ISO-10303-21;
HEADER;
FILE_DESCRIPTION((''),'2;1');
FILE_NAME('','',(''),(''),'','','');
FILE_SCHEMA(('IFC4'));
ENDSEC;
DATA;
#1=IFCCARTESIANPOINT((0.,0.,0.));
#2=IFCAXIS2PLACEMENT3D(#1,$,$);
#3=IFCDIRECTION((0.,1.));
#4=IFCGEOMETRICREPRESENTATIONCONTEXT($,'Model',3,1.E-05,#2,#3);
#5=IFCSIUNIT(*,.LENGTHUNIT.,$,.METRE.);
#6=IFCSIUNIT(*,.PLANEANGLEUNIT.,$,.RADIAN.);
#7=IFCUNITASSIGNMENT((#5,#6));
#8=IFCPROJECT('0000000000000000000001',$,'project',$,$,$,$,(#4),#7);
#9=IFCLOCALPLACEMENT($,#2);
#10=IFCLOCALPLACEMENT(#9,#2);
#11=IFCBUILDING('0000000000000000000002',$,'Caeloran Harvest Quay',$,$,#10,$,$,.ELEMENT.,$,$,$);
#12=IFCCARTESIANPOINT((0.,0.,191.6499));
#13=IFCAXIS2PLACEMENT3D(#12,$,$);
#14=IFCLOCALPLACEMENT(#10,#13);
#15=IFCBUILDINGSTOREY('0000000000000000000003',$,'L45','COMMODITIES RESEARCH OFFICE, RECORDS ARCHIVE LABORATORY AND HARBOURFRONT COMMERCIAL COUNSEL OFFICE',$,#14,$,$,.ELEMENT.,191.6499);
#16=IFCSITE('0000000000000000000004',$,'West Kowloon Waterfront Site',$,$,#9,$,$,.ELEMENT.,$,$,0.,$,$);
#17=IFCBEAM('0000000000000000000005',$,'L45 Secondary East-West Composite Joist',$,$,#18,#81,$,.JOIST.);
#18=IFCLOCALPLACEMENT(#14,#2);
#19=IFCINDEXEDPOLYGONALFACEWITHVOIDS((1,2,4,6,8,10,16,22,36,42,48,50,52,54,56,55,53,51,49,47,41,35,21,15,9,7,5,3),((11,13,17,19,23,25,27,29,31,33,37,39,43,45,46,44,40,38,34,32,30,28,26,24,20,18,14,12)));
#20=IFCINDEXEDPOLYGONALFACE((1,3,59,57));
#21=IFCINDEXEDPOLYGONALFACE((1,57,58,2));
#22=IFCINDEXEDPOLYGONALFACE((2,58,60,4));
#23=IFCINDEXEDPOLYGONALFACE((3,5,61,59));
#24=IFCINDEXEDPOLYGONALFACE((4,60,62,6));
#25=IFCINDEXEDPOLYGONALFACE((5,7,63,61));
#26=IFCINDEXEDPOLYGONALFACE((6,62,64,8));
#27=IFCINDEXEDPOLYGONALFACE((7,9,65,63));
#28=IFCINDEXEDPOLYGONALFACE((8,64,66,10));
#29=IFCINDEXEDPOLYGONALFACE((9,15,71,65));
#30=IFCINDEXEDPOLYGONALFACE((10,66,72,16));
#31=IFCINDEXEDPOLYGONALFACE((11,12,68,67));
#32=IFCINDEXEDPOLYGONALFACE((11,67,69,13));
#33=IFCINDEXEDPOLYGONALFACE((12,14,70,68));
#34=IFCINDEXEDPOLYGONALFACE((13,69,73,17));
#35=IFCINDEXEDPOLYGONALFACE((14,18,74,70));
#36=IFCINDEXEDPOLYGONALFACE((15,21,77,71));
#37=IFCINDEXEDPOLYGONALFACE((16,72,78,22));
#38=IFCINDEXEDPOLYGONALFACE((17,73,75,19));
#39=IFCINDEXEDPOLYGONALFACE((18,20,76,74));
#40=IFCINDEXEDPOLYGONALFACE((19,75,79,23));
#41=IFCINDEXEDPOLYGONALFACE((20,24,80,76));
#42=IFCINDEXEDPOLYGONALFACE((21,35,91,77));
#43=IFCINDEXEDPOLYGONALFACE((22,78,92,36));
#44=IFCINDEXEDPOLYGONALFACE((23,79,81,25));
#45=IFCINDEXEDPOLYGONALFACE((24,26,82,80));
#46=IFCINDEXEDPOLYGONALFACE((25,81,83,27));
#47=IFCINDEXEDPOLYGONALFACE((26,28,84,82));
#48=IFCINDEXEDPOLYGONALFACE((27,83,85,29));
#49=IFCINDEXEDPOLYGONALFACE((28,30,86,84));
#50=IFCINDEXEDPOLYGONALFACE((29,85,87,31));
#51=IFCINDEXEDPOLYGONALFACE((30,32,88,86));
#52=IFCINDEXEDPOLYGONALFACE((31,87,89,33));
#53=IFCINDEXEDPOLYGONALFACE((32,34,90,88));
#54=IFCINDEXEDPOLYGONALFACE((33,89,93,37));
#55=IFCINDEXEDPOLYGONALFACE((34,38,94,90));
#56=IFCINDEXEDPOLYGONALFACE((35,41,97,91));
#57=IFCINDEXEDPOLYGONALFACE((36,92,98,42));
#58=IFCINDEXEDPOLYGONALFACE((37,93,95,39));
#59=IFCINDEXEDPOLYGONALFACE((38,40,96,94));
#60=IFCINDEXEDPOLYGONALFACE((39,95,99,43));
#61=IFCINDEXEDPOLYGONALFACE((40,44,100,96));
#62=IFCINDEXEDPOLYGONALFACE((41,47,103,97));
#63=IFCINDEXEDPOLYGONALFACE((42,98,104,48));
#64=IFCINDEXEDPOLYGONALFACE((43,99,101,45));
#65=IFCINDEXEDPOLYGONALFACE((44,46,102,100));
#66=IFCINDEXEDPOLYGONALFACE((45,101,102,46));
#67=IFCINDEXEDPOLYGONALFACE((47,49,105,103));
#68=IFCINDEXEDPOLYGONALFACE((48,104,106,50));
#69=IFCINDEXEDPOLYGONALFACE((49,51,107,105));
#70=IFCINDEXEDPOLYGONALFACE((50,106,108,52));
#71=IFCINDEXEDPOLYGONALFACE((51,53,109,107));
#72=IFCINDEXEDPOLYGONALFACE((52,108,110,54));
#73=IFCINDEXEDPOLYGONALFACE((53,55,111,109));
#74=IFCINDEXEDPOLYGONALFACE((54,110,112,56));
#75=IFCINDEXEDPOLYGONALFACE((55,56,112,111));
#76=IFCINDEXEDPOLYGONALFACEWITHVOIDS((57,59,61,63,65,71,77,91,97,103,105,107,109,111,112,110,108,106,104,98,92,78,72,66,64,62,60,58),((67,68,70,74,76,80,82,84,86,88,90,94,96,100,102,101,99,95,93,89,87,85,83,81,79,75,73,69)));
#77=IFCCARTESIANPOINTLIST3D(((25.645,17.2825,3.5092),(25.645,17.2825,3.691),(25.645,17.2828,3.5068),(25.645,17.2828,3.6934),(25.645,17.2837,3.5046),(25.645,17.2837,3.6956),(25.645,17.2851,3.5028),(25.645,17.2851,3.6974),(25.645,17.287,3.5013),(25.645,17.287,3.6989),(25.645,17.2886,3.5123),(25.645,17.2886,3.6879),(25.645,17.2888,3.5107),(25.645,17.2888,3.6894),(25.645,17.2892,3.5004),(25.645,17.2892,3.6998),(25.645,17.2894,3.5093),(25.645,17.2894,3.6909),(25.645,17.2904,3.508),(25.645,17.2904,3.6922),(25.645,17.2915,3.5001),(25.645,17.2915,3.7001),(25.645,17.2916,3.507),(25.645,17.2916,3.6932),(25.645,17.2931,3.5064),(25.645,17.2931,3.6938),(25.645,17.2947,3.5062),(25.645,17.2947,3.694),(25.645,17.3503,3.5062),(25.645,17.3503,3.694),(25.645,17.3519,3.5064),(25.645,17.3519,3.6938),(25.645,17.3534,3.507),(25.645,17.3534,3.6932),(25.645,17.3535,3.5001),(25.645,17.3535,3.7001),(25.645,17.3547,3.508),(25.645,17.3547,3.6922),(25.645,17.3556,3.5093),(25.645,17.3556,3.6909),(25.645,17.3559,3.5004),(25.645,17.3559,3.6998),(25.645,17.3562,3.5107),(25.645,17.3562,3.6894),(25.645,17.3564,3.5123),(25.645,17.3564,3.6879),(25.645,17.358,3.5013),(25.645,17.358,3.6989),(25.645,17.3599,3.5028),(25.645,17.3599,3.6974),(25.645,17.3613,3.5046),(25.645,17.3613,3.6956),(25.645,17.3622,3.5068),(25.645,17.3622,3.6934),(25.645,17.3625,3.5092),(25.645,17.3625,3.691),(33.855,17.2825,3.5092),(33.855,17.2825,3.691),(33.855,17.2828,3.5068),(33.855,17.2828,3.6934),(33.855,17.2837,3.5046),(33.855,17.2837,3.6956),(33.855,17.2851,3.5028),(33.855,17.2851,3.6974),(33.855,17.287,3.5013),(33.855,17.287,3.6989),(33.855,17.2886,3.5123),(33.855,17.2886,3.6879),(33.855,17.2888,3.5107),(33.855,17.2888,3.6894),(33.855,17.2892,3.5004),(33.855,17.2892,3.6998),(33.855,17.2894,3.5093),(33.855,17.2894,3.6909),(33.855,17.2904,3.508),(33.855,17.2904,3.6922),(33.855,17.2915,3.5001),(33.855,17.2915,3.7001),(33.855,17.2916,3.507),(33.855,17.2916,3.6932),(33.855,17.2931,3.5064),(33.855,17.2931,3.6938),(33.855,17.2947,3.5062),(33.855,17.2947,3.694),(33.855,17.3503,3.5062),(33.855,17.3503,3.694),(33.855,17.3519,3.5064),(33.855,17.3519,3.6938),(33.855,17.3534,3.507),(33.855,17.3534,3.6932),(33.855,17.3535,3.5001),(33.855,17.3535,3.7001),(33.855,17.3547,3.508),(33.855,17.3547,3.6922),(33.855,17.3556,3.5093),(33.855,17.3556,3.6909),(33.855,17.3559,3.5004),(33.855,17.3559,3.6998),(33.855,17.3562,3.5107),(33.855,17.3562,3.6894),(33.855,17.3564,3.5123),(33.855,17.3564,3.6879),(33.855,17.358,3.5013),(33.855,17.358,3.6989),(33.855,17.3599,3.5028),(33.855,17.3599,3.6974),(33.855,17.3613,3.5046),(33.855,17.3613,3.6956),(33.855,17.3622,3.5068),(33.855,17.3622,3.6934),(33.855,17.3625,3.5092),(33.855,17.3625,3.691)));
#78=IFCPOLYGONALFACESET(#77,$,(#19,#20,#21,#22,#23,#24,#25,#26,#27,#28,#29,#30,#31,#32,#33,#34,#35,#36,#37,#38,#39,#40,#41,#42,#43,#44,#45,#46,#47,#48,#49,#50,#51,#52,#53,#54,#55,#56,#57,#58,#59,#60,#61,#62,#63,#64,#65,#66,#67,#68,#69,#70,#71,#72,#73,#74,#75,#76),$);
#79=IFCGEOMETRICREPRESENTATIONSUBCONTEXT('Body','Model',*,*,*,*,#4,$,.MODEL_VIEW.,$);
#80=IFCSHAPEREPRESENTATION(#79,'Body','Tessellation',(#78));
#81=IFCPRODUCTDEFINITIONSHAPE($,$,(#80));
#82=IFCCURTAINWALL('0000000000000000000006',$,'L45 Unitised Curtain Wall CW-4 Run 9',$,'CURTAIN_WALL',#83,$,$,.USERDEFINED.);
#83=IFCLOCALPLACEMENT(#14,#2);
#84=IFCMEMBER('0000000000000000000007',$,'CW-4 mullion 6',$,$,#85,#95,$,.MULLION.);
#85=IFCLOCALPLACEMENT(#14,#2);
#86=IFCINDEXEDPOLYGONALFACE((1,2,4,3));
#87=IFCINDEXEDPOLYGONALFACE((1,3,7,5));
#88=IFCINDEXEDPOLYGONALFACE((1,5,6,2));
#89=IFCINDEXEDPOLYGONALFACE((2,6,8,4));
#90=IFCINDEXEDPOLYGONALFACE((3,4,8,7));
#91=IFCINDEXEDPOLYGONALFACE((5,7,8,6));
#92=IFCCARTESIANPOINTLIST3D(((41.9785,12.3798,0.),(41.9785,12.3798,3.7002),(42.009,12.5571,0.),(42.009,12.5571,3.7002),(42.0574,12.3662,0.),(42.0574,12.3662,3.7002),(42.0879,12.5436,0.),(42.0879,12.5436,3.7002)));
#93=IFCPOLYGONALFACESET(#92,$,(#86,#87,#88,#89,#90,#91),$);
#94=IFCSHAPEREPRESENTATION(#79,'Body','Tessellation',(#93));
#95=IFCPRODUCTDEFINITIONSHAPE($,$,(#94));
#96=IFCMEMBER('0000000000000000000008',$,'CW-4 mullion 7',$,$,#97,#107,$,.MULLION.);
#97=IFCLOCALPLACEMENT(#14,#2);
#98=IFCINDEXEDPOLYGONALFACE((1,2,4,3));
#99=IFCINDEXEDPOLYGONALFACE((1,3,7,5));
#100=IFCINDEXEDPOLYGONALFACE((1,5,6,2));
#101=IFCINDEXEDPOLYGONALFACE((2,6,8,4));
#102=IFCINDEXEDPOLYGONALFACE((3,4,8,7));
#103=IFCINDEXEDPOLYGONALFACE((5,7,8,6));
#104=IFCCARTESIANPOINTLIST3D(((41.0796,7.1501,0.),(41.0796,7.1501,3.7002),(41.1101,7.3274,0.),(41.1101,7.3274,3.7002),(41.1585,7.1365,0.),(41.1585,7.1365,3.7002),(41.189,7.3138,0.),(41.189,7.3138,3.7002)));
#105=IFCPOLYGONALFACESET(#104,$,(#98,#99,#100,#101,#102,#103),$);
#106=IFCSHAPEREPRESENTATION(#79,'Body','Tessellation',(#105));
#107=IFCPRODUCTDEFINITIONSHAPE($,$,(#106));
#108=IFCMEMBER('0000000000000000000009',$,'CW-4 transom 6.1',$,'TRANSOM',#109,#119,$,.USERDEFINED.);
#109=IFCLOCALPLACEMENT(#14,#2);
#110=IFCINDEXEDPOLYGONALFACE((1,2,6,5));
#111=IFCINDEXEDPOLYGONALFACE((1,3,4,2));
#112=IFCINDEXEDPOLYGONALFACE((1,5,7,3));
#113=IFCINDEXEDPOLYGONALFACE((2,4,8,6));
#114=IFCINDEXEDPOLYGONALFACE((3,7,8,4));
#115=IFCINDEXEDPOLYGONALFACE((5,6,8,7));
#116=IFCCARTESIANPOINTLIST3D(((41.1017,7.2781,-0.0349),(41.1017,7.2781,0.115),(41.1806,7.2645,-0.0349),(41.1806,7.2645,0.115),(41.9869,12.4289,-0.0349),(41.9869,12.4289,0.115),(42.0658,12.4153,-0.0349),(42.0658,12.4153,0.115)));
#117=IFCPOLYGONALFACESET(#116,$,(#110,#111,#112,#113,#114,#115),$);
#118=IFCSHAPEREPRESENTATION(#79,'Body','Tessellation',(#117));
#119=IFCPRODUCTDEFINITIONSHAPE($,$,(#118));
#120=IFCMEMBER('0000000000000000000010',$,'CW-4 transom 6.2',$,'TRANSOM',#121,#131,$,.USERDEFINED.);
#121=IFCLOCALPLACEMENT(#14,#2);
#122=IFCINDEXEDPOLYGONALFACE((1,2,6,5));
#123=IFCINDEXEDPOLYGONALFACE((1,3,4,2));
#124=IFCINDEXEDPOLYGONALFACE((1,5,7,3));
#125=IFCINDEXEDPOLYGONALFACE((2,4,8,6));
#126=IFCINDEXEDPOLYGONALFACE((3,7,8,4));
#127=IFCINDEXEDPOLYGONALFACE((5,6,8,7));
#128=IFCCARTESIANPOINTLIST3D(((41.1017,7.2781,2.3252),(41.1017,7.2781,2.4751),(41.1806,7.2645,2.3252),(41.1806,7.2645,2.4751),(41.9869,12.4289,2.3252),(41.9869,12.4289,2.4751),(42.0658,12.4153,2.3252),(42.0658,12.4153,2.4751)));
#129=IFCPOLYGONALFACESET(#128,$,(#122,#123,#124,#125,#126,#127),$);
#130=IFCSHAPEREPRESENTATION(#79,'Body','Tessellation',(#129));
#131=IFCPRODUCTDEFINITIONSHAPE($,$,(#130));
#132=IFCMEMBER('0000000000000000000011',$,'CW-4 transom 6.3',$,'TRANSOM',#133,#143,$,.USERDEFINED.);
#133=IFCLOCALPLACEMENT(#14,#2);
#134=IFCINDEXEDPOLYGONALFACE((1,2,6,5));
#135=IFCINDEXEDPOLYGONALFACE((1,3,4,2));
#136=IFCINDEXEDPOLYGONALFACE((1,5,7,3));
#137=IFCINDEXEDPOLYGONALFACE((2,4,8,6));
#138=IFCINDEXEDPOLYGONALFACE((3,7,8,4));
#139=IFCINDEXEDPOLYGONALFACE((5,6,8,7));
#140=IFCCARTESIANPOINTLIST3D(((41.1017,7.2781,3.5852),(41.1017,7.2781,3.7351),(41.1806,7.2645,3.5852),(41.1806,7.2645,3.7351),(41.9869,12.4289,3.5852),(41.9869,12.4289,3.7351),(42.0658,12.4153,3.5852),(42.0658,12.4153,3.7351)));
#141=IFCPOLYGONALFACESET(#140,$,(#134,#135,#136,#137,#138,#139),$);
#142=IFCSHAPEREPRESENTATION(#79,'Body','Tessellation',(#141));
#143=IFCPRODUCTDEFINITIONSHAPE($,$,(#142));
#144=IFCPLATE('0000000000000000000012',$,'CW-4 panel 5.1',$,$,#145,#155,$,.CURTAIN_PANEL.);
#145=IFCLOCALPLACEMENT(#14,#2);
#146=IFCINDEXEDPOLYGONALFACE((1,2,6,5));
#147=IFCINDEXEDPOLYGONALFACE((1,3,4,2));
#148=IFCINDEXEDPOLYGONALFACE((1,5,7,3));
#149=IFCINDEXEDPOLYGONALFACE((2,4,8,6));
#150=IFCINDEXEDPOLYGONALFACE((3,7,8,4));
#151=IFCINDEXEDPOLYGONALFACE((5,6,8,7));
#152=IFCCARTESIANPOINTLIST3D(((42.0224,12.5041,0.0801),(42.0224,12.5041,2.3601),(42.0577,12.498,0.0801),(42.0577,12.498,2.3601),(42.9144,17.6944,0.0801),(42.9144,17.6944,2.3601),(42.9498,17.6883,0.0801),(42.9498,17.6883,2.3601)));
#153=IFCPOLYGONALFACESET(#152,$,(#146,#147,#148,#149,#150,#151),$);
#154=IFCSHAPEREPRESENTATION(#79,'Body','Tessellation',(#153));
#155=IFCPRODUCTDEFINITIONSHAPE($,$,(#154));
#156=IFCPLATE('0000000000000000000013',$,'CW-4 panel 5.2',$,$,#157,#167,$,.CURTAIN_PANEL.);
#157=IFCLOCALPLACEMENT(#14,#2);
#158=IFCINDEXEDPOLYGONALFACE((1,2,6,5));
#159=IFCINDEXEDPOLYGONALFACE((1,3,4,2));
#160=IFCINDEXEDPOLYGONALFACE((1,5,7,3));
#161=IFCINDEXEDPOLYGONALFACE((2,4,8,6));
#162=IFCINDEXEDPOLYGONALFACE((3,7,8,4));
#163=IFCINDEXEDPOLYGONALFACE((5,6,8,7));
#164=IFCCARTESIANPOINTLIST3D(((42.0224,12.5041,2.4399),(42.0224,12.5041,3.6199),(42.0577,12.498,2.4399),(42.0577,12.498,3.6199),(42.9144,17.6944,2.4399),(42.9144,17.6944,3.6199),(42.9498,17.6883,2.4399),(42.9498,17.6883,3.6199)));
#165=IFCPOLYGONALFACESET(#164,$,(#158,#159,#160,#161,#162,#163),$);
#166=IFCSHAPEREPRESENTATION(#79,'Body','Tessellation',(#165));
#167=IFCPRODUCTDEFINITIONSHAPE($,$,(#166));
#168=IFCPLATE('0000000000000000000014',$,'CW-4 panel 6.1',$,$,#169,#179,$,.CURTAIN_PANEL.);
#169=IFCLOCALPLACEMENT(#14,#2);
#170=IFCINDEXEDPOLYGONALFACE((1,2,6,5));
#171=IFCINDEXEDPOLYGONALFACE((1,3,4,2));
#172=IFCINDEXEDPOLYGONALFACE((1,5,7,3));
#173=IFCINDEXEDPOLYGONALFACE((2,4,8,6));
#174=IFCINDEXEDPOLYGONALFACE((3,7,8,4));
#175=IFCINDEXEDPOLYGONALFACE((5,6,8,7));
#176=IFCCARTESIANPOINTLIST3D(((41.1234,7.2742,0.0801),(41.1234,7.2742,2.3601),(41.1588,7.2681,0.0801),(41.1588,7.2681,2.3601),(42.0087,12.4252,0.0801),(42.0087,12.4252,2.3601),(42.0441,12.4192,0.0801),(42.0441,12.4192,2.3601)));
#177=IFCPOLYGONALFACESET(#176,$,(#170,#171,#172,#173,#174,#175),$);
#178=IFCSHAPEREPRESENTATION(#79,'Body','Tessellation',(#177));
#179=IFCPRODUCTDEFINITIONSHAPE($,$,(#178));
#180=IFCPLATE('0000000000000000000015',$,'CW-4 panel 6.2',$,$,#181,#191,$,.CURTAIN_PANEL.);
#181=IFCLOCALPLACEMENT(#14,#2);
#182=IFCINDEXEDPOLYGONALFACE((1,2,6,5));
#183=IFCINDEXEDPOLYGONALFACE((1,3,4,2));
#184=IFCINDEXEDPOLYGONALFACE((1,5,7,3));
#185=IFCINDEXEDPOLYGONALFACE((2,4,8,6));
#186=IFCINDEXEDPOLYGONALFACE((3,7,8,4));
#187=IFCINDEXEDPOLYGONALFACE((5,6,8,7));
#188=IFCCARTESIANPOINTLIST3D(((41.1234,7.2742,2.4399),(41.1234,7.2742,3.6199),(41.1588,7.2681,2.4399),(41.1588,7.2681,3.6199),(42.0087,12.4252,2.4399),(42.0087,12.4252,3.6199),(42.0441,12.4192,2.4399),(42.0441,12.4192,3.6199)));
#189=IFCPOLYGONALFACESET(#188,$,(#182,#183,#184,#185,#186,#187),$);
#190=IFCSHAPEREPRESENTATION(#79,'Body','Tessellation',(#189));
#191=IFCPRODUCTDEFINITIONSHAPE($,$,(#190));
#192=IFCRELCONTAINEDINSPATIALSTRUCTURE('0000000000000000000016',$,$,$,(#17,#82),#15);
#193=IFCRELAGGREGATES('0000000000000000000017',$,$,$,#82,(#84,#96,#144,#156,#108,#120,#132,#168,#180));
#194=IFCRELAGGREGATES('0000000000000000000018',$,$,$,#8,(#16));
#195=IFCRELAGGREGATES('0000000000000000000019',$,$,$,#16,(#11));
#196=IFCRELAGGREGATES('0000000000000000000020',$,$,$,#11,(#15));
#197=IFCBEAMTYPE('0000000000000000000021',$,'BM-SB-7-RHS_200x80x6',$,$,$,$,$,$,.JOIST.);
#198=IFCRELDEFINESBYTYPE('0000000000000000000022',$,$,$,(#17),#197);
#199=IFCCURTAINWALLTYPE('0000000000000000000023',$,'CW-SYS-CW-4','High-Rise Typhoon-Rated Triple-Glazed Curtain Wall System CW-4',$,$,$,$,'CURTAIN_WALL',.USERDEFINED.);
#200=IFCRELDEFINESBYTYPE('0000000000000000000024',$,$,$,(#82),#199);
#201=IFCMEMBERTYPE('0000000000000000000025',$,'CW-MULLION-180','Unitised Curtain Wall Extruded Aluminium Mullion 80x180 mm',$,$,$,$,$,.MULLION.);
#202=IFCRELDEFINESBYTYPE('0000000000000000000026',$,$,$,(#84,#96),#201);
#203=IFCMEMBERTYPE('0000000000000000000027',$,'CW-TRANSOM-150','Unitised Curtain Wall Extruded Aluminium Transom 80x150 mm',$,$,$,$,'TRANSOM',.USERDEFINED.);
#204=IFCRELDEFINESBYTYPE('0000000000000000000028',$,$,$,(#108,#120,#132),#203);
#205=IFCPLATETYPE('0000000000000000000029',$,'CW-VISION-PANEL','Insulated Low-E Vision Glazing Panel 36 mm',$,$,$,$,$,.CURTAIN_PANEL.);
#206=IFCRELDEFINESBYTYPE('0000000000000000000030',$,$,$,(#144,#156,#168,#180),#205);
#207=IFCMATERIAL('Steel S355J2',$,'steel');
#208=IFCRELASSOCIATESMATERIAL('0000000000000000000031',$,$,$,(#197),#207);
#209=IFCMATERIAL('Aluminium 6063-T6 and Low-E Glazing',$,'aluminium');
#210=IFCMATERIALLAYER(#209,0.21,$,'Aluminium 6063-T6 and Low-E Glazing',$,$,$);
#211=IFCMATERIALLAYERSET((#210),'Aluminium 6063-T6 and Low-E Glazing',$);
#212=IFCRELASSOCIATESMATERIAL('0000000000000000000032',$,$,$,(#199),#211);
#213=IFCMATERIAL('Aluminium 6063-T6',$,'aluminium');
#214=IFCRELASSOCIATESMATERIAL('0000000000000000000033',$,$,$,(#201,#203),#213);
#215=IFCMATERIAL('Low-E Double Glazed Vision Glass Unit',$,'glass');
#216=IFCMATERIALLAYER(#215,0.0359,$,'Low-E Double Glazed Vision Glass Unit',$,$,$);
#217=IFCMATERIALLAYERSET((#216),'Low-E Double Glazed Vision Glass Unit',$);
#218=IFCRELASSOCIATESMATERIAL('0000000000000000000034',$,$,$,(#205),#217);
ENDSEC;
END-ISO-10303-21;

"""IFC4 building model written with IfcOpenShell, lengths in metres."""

from ifc_helpers import new_model, si_unit, direction, frame, origin, origin_2d, place, context, subcontext, project, spatial, rectangle, hollow_rectangle, extrude, material, layer, layer_set, material_profile, profile_set, type_object, element, aggregate, save


model = new_model("IFC4")

# Units and contexts
model_context = context("Model", 3, precision=1e-05, world=origin(), true_north=direction((0.0, 1.0)))
body_context = subcontext(model_context, "Body", "Model", "MODEL_VIEW")
ifc_project = project(units=[si_unit("LENGTHUNIT", "METRE"), si_unit("PLANEANGLEUNIT", "RADIAN")], contexts=[model_context])

# Site, building, storey
site_placement = place(None, origin())
site = spatial("IfcSite", under=ifc_project, at=site_placement, Name="West Kowloon Waterfront Site", CompositionType="ELEMENT", RefElevation=0.0)
building_placement = place(site_placement, origin())
building = spatial("IfcBuilding", under=site, at=building_placement, Name="Caeloran Harvest Quay", CompositionType="ELEMENT")
storey_placement = place(building_placement, frame((0.0, 0.0, 191.6499)))
storey = spatial("IfcBuildingStorey", under=building, at=storey_placement, Name="L45", Description="COMMODITIES RESEARCH OFFICE, RECORDS ARCHIVE LABORATORY AND HARBOURFRONT COMMERCIAL COUNSEL OFFICE", CompositionType="ELEMENT", Elevation=191.6499)

# Beam
ifc_material_1 = material(Name="Steel S355J2", Category="steel")
ifc_material_profile_1 = material_profile(ifc_material_1, hollow_rectangle(XDim=0.0801, YDim=0.2, WallThickness=0.0061, InnerFilletRadius=0.0061, OuterFilletRadius=0.009, at=origin_2d()), Name="RHS 200x80x6")
ifc_profile_set_1 = profile_set([ifc_material_profile_1], Name="Steel S355J2")
beam_type_1 = type_object("IfcBeamType", Name="BM-SB-7-RHS_200x80x6", PredefinedType="JOIST", material=ifc_profile_set_1)
for number, where, z_axis, x_axis, name in (
    (1, (25.645, 17.3225, 3.6001), (1.0, 0.0, 0.0), (0.0, 1.0, 0.0), "L45 Secondary East-West Composite Joist"),
):
    element("IfcBeam", number, at=place(storey_placement, frame(where, z_axis=z_axis, x_axis=x_axis)), inside=storey, type_object=beam_type_1, Name=name, PredefinedType="JOIST", context=body_context, shape_type="SweptSolid", body=[
        extrude(hollow_rectangle(XDim=0.0801, YDim=0.2, WallThickness=0.0061, InnerFilletRadius=0.0061, OuterFilletRadius=0.009, at=origin_2d()), origin(), (0.0, 0.0, 1.0), 8.21),
    ])

# Curtain wall, members, plates
ifc_material_2 = material(Name="Aluminium 6063-T6 and Low-E Glazing", Category="aluminium")
ifc_layer_1 = layer(ifc_material_2, 0.21, Name="Aluminium 6063-T6 and Low-E Glazing")
ifc_layer_set_1 = layer_set([ifc_layer_1], Name="Aluminium 6063-T6 and Low-E Glazing")
curtain_wall_type = type_object("IfcCurtainWallType", Name="CW-SYS-CW-4", Description="High-Rise Typhoon-Rated Triple-Glazed Curtain Wall System CW-4", ElementType="CURTAIN_WALL", PredefinedType="USERDEFINED", material=ifc_layer_set_1)
curtain_wall_placement = place(storey_placement, origin())
curtain_wall = element("IfcCurtainWall", 2, at=curtain_wall_placement, inside=storey, type_object=curtain_wall_type, Name="L45 Unitised Curtain Wall CW-4 Run 9", ObjectType="CURTAIN_WALL", PredefinedType="USERDEFINED")
ifc_material_3 = material(Name="Aluminium 6063-T6", Category="aluminium")
ifc_material_profile_2 = material_profile(ifc_material_3, rectangle(XDim=0.0801, YDim=0.1799, at=origin_2d()), Name="CW-MULLION-180")
ifc_profile_set_2 = profile_set([ifc_material_profile_2], Name="Aluminium 6063-T6")
member_type_1 = type_object("IfcMemberType", Name="CW-MULLION-180", Description="Unitised Curtain Wall Extruded Aluminium Mullion 80x180 mm", PredefinedType="MULLION", material=ifc_profile_set_2)
member_1_placement = place(storey_placement, frame((42.0332, 12.4617, 0.0), z_axis=(0.0, 0.0, 1.0), x_axis=(0.985549, -0.169392, 0.0)))
member_1 = element("IfcMember", 3, at=member_1_placement, type_object=member_type_1, Name="CW-4 mullion 6", PredefinedType="MULLION", context=body_context, shape_type="SweptSolid", body=[
    extrude(rectangle(XDim=0.0801, YDim=0.1799, at=origin_2d()), origin(), (0.0, 0.0, 1.0), 3.7002),
])
member_2_placement = place(storey_placement, frame((41.1343, 7.2319, 0.0), z_axis=(0.0, 0.0, 1.0), x_axis=(0.985549, -0.169392, 0.0)))
member_2 = element("IfcMember", 4, at=member_2_placement, type_object=member_type_1, Name="CW-4 mullion 7", PredefinedType="MULLION", context=body_context, shape_type="SweptSolid", body=[
    extrude(rectangle(XDim=0.0801, YDim=0.1799, at=origin_2d()), origin(), (0.0, 0.0, 1.0), 3.7002),
])
ifc_material_profile_3 = material_profile(ifc_material_3, rectangle(XDim=0.0801, YDim=0.1499, at=origin_2d()), Name="CW-TRANSOM-150")
ifc_profile_set_3 = profile_set([ifc_material_profile_3], Name="Aluminium 6063-T6")
member_type_2 = type_object("IfcMemberType", Name="CW-TRANSOM-150", Description="Unitised Curtain Wall Extruded Aluminium Transom 80x150 mm", ElementType="TRANSOM", PredefinedType="USERDEFINED", material=ifc_profile_set_3)
member_3_placement = place(storey_placement, frame((42.0264, 12.4221, 0.04), z_axis=(-0.169381, -0.985551, 0.0), x_axis=(0.985551, -0.169381, 0.0)))
member_3 = element("IfcMember", 5, at=member_3_placement, type_object=member_type_2, Name="CW-4 transom 6.1", ObjectType="TRANSOM", PredefinedType="USERDEFINED", context=body_context, shape_type="SweptSolid", body=[
    extrude(rectangle(XDim=0.0801, YDim=0.1499, at=origin_2d()), origin(), (0.0, 0.0, 1.0), 5.2263),
])
member_4_placement = place(storey_placement, frame((42.0264, 12.4221, 2.4001), z_axis=(-0.169381, -0.985551, 0.0), x_axis=(0.985551, -0.169381, 0.0)))
member_4 = element("IfcMember", 6, at=member_4_placement, type_object=member_type_2, Name="CW-4 transom 6.2", ObjectType="TRANSOM", PredefinedType="USERDEFINED", context=body_context, shape_type="SweptSolid", body=[
    extrude(rectangle(XDim=0.0801, YDim=0.1499, at=origin_2d()), origin(), (0.0, 0.0, 1.0), 5.2263),
])
member_5_placement = place(storey_placement, frame((42.0264, 12.4221, 3.6602), z_axis=(-0.169381, -0.985551, 0.0), x_axis=(0.985551, -0.169381, 0.0)))
member_5 = element("IfcMember", 7, at=member_5_placement, type_object=member_type_2, Name="CW-4 transom 6.3", ObjectType="TRANSOM", PredefinedType="USERDEFINED", context=body_context, shape_type="SweptSolid", body=[
    extrude(rectangle(XDim=0.0801, YDim=0.1499, at=origin_2d()), origin(), (0.0, 0.0, 1.0), 5.2263),
])
ifc_material_4 = material(Name="Low-E Double Glazed Vision Glass Unit", Category="glass")
ifc_layer_2 = layer(ifc_material_4, 0.0359, Name="Low-E Double Glazed Vision Glass Unit")
ifc_layer_set_2 = layer_set([ifc_layer_2], Name="Low-E Double Glazed Vision Glass Unit")
plate_type = type_object("IfcPlateType", Name="CW-VISION-PANEL", Description="Insulated Low-E Vision Glazing Panel 36 mm", PredefinedType="CURTAIN_PANEL", material=ifc_layer_set_2)
plate_1_placement = place(storey_placement, frame((42.4861, 15.0962, 0.0801), z_axis=(0.0, 0.0, 1.0), x_axis=(-0.169392, -0.985549, 0.0)))
plate_1 = element("IfcPlate", 8, at=plate_1_placement, type_object=plate_type, Name="CW-4 panel 5.1", PredefinedType="CURTAIN_PANEL", context=body_context, shape_type="SweptSolid", body=[
    extrude(rectangle(XDim=5.2664, YDim=0.0359, at=origin_2d()), origin(), (0.0, 0.0, 1.0), 2.28),
])
plate_2_placement = place(storey_placement, frame((42.4861, 15.0962, 2.4399), z_axis=(0.0, 0.0, 1.0), x_axis=(-0.169392, -0.985549, 0.0)))
plate_2 = element("IfcPlate", 9, at=plate_2_placement, type_object=plate_type, Name="CW-4 panel 5.2", PredefinedType="CURTAIN_PANEL", context=body_context, shape_type="SweptSolid", body=[
    extrude(rectangle(XDim=5.2664, YDim=0.0359, at=origin_2d()), origin(), (0.0, 0.0, 1.0), 1.1799),
])
plate_3_placement = place(storey_placement, frame((41.5837, 9.8467, 0.0801), z_axis=(0.0, 0.0, 1.0), x_axis=(-0.169392, -0.985549, 0.0)))
plate_3 = element("IfcPlate", 10, at=plate_3_placement, type_object=plate_type, Name="CW-4 panel 6.1", PredefinedType="CURTAIN_PANEL", context=body_context, shape_type="SweptSolid", body=[
    extrude(rectangle(XDim=5.2266, YDim=0.0359, at=origin_2d()), origin(), (0.0, 0.0, 1.0), 2.28),
])
plate_4_placement = place(storey_placement, frame((41.5837, 9.8467, 2.4399), z_axis=(0.0, 0.0, 1.0), x_axis=(-0.169392, -0.985549, 0.0)))
plate_4 = element("IfcPlate", 11, at=plate_4_placement, type_object=plate_type, Name="CW-4 panel 6.2", PredefinedType="CURTAIN_PANEL", context=body_context, shape_type="SweptSolid", body=[
    extrude(rectangle(XDim=5.2266, YDim=0.0359, at=origin_2d()), origin(), (0.0, 0.0, 1.0), 1.1799),
])
aggregate(curtain_wall, [member_1, member_2, plate_1, plate_2, member_3, member_4, member_5, plate_3, plate_4])

save(model, "model.ifc")
